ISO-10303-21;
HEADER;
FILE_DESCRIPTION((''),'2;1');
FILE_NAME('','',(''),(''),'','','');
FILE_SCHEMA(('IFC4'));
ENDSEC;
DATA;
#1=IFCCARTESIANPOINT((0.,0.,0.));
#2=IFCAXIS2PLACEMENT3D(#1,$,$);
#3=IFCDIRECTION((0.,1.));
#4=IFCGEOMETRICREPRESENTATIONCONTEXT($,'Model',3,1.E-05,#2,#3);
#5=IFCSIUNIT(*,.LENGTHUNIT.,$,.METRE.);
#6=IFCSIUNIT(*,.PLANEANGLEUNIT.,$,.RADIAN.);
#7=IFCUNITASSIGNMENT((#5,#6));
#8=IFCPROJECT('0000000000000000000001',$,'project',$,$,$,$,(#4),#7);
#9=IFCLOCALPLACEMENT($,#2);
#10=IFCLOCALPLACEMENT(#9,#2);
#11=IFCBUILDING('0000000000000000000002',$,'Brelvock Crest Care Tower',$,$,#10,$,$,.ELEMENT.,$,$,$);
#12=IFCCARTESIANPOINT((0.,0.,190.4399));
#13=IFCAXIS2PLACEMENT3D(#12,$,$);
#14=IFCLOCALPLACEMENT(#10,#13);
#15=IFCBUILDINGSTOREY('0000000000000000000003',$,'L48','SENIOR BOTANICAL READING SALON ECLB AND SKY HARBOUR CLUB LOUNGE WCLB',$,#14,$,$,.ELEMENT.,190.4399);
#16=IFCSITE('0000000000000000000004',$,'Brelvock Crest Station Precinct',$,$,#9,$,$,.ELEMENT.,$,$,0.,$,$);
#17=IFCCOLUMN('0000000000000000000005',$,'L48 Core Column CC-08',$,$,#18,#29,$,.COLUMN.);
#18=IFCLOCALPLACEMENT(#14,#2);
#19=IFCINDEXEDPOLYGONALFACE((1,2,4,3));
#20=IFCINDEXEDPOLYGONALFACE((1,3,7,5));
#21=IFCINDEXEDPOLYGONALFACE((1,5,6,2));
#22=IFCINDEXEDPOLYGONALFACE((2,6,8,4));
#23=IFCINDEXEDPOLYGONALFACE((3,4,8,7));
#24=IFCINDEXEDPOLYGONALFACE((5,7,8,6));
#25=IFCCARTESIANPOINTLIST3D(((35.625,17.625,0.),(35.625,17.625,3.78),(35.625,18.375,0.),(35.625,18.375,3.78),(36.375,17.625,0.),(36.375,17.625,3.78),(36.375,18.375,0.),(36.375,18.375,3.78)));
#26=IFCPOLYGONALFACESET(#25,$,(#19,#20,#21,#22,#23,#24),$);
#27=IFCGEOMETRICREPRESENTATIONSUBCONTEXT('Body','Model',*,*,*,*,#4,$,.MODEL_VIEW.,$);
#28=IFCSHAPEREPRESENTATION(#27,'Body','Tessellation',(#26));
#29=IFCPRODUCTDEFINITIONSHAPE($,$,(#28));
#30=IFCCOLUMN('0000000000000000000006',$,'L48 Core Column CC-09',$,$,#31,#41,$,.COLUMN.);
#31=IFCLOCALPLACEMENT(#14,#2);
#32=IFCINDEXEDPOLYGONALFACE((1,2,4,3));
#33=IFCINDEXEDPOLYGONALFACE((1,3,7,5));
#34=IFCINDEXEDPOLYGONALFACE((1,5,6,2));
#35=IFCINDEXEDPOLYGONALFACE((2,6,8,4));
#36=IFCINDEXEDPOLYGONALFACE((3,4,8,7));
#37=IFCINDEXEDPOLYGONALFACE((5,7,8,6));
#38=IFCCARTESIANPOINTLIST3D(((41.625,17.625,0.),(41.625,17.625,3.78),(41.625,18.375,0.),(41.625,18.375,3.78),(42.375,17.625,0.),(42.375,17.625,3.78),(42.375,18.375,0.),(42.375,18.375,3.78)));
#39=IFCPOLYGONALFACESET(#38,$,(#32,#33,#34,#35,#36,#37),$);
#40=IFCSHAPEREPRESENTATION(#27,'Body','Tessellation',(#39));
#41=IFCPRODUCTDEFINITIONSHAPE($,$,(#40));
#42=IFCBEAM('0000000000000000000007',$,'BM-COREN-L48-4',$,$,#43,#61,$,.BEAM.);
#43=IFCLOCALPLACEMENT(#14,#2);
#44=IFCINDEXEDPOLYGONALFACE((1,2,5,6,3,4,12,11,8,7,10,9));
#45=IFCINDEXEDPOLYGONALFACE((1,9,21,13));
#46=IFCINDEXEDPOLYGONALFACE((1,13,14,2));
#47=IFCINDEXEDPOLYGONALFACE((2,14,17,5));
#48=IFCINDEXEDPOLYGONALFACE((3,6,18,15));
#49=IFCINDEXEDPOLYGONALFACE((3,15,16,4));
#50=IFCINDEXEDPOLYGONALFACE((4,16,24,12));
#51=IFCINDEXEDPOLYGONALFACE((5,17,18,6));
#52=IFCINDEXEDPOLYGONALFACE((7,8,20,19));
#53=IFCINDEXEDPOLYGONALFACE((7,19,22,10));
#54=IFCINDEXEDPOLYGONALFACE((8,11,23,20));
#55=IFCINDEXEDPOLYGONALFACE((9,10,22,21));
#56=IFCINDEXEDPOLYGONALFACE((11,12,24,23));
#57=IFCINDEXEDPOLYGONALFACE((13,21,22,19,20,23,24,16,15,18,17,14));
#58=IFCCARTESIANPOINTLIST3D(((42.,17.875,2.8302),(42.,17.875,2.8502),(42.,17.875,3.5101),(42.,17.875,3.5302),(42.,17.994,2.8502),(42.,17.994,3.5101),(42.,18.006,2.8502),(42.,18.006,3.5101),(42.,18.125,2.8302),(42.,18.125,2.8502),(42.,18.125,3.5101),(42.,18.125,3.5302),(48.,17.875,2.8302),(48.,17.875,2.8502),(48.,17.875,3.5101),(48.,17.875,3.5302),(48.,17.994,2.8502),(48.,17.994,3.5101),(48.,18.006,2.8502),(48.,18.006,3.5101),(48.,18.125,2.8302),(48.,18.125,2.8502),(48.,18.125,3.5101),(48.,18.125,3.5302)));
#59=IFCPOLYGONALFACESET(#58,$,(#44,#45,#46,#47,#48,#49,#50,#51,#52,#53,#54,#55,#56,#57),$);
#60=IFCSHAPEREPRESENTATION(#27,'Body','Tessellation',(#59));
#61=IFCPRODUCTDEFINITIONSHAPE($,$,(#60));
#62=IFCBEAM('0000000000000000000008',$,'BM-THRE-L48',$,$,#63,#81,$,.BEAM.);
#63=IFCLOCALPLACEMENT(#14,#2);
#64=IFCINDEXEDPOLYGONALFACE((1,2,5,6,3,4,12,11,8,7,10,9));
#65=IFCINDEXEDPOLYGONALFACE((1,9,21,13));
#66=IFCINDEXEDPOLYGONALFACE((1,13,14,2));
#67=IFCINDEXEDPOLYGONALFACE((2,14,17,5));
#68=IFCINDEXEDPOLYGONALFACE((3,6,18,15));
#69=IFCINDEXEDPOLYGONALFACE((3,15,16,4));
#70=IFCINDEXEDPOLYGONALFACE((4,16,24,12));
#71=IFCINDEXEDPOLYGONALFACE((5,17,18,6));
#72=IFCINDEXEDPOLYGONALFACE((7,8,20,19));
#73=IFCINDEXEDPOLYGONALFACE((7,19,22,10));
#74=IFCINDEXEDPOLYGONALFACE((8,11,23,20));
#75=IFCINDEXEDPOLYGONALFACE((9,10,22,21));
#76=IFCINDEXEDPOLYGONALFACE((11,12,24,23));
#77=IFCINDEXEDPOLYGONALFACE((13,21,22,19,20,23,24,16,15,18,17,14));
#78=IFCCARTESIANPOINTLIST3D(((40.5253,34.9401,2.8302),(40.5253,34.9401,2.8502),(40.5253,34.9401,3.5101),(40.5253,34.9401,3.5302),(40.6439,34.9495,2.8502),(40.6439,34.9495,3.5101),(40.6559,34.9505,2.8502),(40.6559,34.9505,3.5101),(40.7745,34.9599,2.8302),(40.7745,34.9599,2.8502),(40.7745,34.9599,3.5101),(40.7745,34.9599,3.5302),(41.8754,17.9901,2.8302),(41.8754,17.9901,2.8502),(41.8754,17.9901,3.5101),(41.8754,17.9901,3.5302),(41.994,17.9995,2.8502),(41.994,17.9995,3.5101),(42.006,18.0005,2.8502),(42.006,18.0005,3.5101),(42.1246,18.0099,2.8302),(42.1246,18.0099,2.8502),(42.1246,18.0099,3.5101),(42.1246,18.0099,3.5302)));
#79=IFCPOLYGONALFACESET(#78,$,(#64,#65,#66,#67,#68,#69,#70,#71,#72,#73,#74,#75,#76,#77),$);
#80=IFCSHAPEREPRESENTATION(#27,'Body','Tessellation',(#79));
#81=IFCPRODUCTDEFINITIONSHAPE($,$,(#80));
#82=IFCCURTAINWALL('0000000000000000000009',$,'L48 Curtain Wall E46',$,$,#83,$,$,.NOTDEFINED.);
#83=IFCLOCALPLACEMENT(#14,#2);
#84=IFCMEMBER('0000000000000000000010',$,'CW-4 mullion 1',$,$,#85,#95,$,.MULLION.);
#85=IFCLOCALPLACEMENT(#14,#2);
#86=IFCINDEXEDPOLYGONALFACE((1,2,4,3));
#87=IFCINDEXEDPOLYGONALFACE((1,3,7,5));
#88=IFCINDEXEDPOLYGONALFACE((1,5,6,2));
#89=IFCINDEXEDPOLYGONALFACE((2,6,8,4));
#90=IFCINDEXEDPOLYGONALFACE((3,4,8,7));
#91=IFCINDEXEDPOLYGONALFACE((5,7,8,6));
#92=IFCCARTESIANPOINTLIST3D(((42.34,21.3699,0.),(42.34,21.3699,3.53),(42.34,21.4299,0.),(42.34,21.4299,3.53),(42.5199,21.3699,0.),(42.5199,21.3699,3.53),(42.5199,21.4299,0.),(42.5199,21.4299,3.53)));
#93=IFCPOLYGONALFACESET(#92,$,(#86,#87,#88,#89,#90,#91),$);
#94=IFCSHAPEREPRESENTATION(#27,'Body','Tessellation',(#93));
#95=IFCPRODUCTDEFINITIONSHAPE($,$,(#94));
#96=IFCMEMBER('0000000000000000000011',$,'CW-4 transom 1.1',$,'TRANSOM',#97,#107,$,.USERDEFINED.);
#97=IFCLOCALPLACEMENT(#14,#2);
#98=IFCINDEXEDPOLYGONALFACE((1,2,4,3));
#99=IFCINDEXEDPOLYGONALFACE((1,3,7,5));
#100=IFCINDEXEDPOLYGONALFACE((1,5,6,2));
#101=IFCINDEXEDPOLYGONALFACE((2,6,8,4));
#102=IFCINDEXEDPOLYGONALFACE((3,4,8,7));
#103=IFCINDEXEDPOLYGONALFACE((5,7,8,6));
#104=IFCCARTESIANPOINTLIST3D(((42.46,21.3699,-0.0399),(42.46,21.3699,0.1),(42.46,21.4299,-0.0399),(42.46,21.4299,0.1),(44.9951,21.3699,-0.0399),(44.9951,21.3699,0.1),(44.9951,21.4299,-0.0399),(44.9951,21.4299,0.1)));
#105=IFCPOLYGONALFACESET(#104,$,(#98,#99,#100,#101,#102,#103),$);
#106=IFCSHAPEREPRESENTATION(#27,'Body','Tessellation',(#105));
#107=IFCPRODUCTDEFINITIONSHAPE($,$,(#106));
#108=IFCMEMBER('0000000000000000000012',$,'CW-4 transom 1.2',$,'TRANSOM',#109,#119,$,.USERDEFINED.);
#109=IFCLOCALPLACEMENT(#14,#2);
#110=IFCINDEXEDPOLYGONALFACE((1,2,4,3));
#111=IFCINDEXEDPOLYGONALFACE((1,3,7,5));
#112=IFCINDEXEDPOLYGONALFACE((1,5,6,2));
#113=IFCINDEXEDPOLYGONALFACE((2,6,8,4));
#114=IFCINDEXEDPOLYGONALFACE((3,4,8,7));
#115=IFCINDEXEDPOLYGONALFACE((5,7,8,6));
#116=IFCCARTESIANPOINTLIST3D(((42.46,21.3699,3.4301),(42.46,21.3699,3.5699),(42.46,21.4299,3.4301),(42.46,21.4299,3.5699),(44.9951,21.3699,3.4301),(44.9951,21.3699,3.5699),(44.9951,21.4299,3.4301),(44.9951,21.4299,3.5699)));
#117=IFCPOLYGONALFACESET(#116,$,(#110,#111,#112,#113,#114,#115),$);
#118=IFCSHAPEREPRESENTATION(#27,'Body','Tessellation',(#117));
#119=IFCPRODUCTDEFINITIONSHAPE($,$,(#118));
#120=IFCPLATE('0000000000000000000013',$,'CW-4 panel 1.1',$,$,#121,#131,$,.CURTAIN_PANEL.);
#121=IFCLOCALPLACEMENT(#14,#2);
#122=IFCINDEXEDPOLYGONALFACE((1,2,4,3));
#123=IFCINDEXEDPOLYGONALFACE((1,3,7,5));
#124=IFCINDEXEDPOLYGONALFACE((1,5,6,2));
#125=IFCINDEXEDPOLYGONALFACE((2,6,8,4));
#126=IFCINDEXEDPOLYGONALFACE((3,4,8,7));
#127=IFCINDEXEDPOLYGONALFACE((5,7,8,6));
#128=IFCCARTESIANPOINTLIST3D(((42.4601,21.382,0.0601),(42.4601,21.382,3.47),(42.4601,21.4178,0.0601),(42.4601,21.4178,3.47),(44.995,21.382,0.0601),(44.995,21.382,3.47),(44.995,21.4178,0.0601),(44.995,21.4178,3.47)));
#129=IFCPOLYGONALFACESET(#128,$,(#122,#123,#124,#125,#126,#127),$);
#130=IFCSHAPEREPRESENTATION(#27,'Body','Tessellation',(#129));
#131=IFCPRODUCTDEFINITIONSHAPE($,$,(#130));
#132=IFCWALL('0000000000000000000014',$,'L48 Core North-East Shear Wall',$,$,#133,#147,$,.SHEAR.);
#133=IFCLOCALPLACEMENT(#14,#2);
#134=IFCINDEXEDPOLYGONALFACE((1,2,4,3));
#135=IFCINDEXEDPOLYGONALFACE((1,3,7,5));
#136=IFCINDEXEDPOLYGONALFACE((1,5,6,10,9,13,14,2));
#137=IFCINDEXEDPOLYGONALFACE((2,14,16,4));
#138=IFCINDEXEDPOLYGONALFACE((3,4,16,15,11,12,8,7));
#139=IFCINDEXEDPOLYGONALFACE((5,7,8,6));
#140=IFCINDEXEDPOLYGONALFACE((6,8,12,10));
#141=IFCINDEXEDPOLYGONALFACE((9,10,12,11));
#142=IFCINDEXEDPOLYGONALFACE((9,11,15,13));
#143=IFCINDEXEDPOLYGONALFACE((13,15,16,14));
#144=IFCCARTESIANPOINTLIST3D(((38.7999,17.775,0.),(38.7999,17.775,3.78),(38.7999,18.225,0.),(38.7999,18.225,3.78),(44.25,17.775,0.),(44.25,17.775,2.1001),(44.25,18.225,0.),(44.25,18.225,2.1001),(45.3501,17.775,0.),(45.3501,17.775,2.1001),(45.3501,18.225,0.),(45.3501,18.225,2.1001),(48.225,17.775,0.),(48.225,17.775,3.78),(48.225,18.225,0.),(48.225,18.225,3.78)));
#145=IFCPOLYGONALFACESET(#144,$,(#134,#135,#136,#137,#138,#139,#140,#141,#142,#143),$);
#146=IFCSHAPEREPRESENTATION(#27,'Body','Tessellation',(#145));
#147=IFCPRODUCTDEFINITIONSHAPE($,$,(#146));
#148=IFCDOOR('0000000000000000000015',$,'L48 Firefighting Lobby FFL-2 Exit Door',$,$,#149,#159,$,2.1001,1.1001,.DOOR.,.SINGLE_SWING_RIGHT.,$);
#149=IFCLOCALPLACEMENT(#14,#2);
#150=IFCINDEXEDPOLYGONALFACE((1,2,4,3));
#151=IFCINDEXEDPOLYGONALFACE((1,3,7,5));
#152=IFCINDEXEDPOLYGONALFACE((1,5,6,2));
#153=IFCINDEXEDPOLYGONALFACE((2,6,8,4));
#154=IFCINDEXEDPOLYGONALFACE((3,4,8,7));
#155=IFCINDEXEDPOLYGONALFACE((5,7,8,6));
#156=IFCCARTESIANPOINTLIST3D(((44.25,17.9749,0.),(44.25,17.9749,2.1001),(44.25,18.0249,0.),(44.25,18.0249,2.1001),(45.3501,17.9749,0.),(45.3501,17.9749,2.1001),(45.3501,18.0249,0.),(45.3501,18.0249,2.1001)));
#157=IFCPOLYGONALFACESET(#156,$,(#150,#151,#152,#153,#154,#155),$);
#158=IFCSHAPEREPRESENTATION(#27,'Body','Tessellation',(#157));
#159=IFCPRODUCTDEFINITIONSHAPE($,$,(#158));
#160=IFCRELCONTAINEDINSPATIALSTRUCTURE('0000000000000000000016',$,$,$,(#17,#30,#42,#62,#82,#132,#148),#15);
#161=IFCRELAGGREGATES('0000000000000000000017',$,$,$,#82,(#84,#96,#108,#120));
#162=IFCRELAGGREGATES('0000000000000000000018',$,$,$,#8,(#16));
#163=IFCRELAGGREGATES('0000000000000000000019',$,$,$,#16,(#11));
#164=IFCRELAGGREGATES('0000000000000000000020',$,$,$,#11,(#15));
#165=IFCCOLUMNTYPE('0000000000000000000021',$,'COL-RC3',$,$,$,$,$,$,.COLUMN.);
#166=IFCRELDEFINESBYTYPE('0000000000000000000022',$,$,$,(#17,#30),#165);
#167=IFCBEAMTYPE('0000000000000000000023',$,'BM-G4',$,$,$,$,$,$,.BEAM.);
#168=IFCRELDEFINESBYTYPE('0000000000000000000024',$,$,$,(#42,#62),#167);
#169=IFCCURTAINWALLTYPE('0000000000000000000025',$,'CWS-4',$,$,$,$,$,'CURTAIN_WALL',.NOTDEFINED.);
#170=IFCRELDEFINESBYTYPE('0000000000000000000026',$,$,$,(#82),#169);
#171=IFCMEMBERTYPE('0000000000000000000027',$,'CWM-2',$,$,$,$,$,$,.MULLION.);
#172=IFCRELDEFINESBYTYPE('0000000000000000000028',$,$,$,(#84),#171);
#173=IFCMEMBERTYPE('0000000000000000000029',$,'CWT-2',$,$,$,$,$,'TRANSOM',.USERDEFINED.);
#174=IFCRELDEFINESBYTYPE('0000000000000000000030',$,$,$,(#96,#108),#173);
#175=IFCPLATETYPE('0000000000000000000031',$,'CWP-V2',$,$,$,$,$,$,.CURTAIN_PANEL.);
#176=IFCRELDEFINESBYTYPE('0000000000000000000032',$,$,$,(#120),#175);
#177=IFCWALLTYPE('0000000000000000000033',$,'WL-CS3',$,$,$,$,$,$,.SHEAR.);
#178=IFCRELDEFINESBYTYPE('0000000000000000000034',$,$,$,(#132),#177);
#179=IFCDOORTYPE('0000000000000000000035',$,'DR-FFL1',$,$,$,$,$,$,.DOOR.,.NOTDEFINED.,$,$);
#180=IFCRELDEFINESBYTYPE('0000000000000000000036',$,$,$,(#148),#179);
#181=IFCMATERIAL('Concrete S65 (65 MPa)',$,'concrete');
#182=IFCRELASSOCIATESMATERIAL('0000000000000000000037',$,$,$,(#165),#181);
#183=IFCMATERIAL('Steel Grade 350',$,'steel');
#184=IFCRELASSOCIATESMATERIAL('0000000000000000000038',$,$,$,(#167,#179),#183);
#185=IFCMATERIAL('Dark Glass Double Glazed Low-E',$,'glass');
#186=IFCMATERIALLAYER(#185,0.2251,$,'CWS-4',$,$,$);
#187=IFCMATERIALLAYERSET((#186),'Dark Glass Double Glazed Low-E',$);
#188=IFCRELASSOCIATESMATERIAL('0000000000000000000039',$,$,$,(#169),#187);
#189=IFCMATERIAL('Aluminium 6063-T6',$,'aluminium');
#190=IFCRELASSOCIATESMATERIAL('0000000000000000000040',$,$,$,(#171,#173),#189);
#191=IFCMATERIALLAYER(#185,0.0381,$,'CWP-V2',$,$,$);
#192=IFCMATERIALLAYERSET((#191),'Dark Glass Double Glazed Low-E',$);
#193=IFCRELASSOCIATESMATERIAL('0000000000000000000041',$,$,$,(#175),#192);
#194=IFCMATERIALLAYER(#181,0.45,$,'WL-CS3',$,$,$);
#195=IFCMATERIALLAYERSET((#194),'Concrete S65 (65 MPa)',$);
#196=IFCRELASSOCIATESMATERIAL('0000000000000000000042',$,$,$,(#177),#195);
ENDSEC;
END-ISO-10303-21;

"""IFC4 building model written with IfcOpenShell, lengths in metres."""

from ifc_helpers import new_model, si_unit, direction, frame, frame_2d, origin, origin_2d, place, context, subcontext, project, spatial, rectangle, i_section, extrude, source, transform, mapped, material, layer, layer_set, material_profile, profile_set, type_object, element, fill, aggregate, save


model = new_model("IFC4")

# Units and contexts
model_context = context("Model", 3, precision=1e-05, world=origin(), true_north=direction((0.0, 1.0)))
body_context = subcontext(model_context, "Body", "Model", "MODEL_VIEW")
ifc_project = project(units=[si_unit("LENGTHUNIT", "METRE"), si_unit("PLANEANGLEUNIT", "RADIAN")], contexts=[model_context])

# Site, building, storey
site_placement = place(None, origin())
site = spatial("IfcSite", under=ifc_project, at=site_placement, Name="Brelvock Crest Station Precinct", CompositionType="ELEMENT", RefElevation=0.0)
building_placement = place(site_placement, origin())
building = spatial("IfcBuilding", under=site, at=building_placement, Name="Brelvock Crest Care Tower", CompositionType="ELEMENT")
storey_placement = place(building_placement, frame((0.0, 0.0, 190.4399)))
storey = spatial("IfcBuildingStorey", under=building, at=storey_placement, Name="L48", Description="SENIOR BOTANICAL READING SALON ECLB AND SKY HARBOUR CLUB LOUNGE WCLB", CompositionType="ELEMENT", Elevation=190.4399)

# Columns
ifc_material_1 = material(Name="Concrete S65 (65 MPa)", Category="concrete")
ifc_material_profile_1 = material_profile(ifc_material_1, rectangle(XDim=0.75, YDim=0.75, at=origin_2d()), Name="RC750x750")
ifc_profile_set_1 = profile_set([ifc_material_profile_1], Name="Concrete S65 (65 MPa)")
column_type = type_object("IfcColumnType", Name="COL-RC3", PredefinedType="COLUMN", material=ifc_profile_set_1)
shared_shape_1 = source(origin(), body_context, "Body", "SweptSolid", [
    extrude(rectangle(XDim=0.75, YDim=0.75, at=origin_2d()), origin(), (0.0, 0.0, 1.0), 3.78),
])
for number, where, z_axis, x_axis, name in (
    (1, (36.0, 18.0, 0.0), (0.0, 0.0, 1.0), (1.0, 0.0, 0.0), "L48 Core Column CC-08"),
    (2, (42.0, 18.0, 0.0), (0.0, 0.0, 1.0), (1.0, 0.0, 0.0), "L48 Core Column CC-09"),
):
    element("IfcColumn", number, at=place(storey_placement, frame(where, z_axis=z_axis, x_axis=x_axis)), inside=storey, type_object=column_type, Name=name, PredefinedType="COLUMN", context=body_context, shape_type="MappedRepresentation", body=[
        mapped(shared_shape_1, transform((0.0, 0.0, 0.0), x_axis=(1.0, 0.0, 0.0), y_axis=(0.0, 1.0, 0.0), z_axis=(0.0, 0.0, 1.0), scale=1.0)),
    ])

# Beams
ifc_material_2 = material(Name="Steel Grade 350", Category="steel")
ifc_material_profile_2 = material_profile(ifc_material_2, i_section(OverallWidth=0.25, OverallDepth=0.7, WebThickness=0.012, FlangeThickness=0.02, at=origin_2d()), Name="700WB150")
ifc_profile_set_2 = profile_set([ifc_material_profile_2], Name="Steel Grade 350")
beam_type = type_object("IfcBeamType", Name="BM-G4", PredefinedType="BEAM", material=ifc_profile_set_2)
shared_shape_2 = source(origin(), body_context, "Body", "SweptSolid", [
    extrude(i_section(OverallWidth=0.25, OverallDepth=0.7, WebThickness=0.012, FlangeThickness=0.02, at=origin_2d()), origin(), (0.0, 0.0, 1.0), 6.0),
])
beam_1_placement = place(storey_placement, frame((42.0, 18.0, 3.1802), z_axis=(1.0, 0.0, 0.0), x_axis=(0.0, 1.0, 0.0)))
element("IfcBeam", 3, at=beam_1_placement, inside=storey, type_object=beam_type, Name="BM-COREN-L48-4", PredefinedType="BEAM", context=body_context, shape_type="MappedRepresentation", body=[
    mapped(shared_shape_2, transform((0.0, 0.0, 0.0), x_axis=(1.0, 0.0, 0.0), y_axis=(0.0, 1.0, 0.0), z_axis=(0.0, 0.0, 1.0), scale=1.0)),
])
shared_shape_3 = source(origin(), body_context, "Body", "SweptSolid", [
    extrude(i_section(OverallWidth=0.25, OverallDepth=0.7, WebThickness=0.012, FlangeThickness=0.02, at=origin_2d()), origin(), (0.0, 0.0, 1.0), 17.0037),
])
beam_2_placement = place(storey_placement, frame((42.0, 18.0, 3.1802), z_axis=(-0.079401, 0.996843, 0.0), x_axis=(-0.996843, -0.079401, 0.0)))
element("IfcBeam", 4, at=beam_2_placement, inside=storey, type_object=beam_type, Name="BM-THRE-L48", PredefinedType="BEAM", context=body_context, shape_type="MappedRepresentation", body=[
    mapped(shared_shape_3, transform((0.0, 0.0, 0.0), x_axis=(1.0, 0.0, 0.0), y_axis=(0.0, 1.0, 0.0), z_axis=(0.0, 0.0, 1.0), scale=1.0)),
])

# Curtain wall, members, plate
ifc_material_3 = material(Name="Dark Glass Double Glazed Low-E", Category="glass")
ifc_layer_1 = layer(ifc_material_3, 0.2251, Name="CWS-4")
ifc_layer_set_1 = layer_set([ifc_layer_1], Name="Dark Glass Double Glazed Low-E")
curtain_wall_type = type_object("IfcCurtainWallType", Name="CWS-4", ElementType="CURTAIN_WALL", PredefinedType="NOTDEFINED", material=ifc_layer_set_1)
curtain_wall_placement = place(storey_placement, origin())
curtain_wall = element("IfcCurtainWall", 5, at=curtain_wall_placement, inside=storey, type_object=curtain_wall_type, Name="L48 Curtain Wall E46", PredefinedType="NOTDEFINED")
ifc_material_4 = material(Name="Aluminium 6063-T6", Category="aluminium")
ifc_material_profile_3 = material_profile(ifc_material_4, rectangle(XDim=0.0601, YDim=0.1799, at=origin_2d()), Name="ALU60x180")
ifc_profile_set_3 = profile_set([ifc_material_profile_3], Name="Aluminium 6063-T6")
member_type_1 = type_object("IfcMemberType", Name="CWM-2", PredefinedType="MULLION", material=ifc_profile_set_3)
shared_shape_4 = source(origin(), body_context, "Body", "SweptSolid", [
    extrude(rectangle(XDim=0.0601, YDim=0.1799, at=origin_2d()), origin(), (0.0, 0.0, 1.0), 3.53),
])
member_1_placement = place(storey_placement, frame((42.4299, 21.3999, 0.0), z_axis=(0.0, 0.0, 1.0), x_axis=(0.0, 1.0, 0.0)))
member_1 = element("IfcMember", 6, at=member_1_placement, type_object=member_type_1, Name="CW-4 mullion 1", PredefinedType="MULLION", context=body_context, shape_type="MappedRepresentation", body=[
    mapped(shared_shape_4, transform((0.0, 0.0, 0.0), x_axis=(1.0, 0.0, 0.0), y_axis=(0.0, 1.0, 0.0), z_axis=(0.0, 0.0, 1.0), scale=1.0)),
])
ifc_material_profile_4 = material_profile(ifc_material_4, rectangle(XDim=0.0601, YDim=0.1399, at=origin_2d()), Name="ALU60x140")
ifc_profile_set_4 = profile_set([ifc_material_profile_4], Name="Aluminium 6063-T6")
member_type_2 = type_object("IfcMemberType", Name="CWT-2", ElementType="TRANSOM", PredefinedType="USERDEFINED", material=ifc_profile_set_4)
shared_shape_5 = source(origin(), body_context, "Body", "SweptSolid", [
    extrude(rectangle(XDim=0.0601, YDim=0.1399, at=origin_2d()), origin(), (0.0, 0.0, 1.0), 2.5352),
])
member_2_placement = place(storey_placement, frame((42.46, 21.3999, 0.03), z_axis=(1.0, 0.0, 0.0), x_axis=(0.0, 1.0, 0.0)))
member_2 = element("IfcMember", 7, at=member_2_placement, type_object=member_type_2, Name="CW-4 transom 1.1", ObjectType="TRANSOM", PredefinedType="USERDEFINED", context=body_context, shape_type="MappedRepresentation", body=[
    mapped(shared_shape_5, transform((0.0, 0.0, 0.0), x_axis=(1.0, 0.0, 0.0), y_axis=(0.0, 1.0, 0.0), z_axis=(0.0, 0.0, 1.0), scale=1.0)),
])
member_3_placement = place(storey_placement, frame((42.46, 21.3999, 3.5), z_axis=(1.0, 0.0, 0.0), x_axis=(0.0, 1.0, 0.0)))
member_3 = element("IfcMember", 8, at=member_3_placement, type_object=member_type_2, Name="CW-4 transom 1.2", ObjectType="TRANSOM", PredefinedType="USERDEFINED", context=body_context, shape_type="MappedRepresentation", body=[
    mapped(shared_shape_5, transform((0.0, 0.0, 0.0), x_axis=(1.0, 0.0, 0.0), y_axis=(0.0, 1.0, 0.0), z_axis=(0.0, 0.0, 1.0), scale=1.0)),
])
ifc_layer_2 = layer(ifc_material_3, 0.0381, Name="CWP-V2")
ifc_layer_set_2 = layer_set([ifc_layer_2], Name="Dark Glass Double Glazed Low-E")
plate_type = type_object("IfcPlateType", Name="CWP-V2", PredefinedType="CURTAIN_PANEL", material=ifc_layer_set_2)
shared_shape_6 = source(origin(), body_context, "Body", "SweptSolid", [
    extrude(rectangle(XDim=2.5349, YDim=0.0359, at=origin_2d()), origin(), (0.0, 0.0, 1.0), 3.4099),
])
plate_placement = place(storey_placement, frame((43.7275, 21.3999, 0.0601), z_axis=(0.0, 0.0, 1.0), x_axis=(1.0, 0.0, 0.0)))
plate = element("IfcPlate", 9, at=plate_placement, type_object=plate_type, Name="CW-4 panel 1.1", PredefinedType="CURTAIN_PANEL", context=body_context, shape_type="MappedRepresentation", body=[
    mapped(shared_shape_6, transform((0.0, 0.0, 0.0), x_axis=(1.0, 0.0, 0.0), y_axis=(0.0, 1.0, 0.0), z_axis=(0.0, 0.0, 1.0), scale=1.0)),
])
aggregate(curtain_wall, [member_1, member_2, member_3, plate])

# Wall, opening, door
ifc_layer_3 = layer(ifc_material_1, 0.45, Name="WL-CS3")
ifc_layer_set_3 = layer_set([ifc_layer_3], Name="Concrete S65 (65 MPa)")
wall_type_1 = type_object("IfcWallType", Name="WL-CS3", PredefinedType="SHEAR", material=ifc_layer_set_3)
wall_1_placement = place(storey_placement, frame((38.8, 18.0, 0.0), z_axis=(0.0, 0.0, 1.0), x_axis=(1.0, 0.0, 0.0)))
wall_1 = element("IfcWall", 10, at=wall_1_placement, inside=storey, type_object=wall_type_1, Name="L48 Core North-East Shear Wall", PredefinedType="SHEAR", context=body_context, shape_type="SweptSolid", body=[
    extrude(rectangle(XDim=9.425, YDim=0.45, at=frame_2d((4.7124, 0.0))), origin(), (0.0, 0.0, 1.0), 3.78),
])
opening_1_placement = place(wall_1_placement, frame((5.45, 0.0, 0.0)))
opening_1 = element("IfcOpeningElement", 11, at=opening_1_placement, cuts=wall_1, PredefinedType="OPENING", context=body_context, shape_type="SweptSolid", body=[
    extrude(rectangle(XDim=1.1001, YDim=2.1001, at=origin_2d()), frame((0.55, 0.2349, 1.05), z_axis=(0.0, -1.0, 0.0), x_axis=(1.0, 0.0, 0.0)), (0.0, 0.0, 1.0), 0.47),
])
door_type_1 = type_object("IfcDoorType", Name="DR-FFL1", OperationType="NOTDEFINED", PredefinedType="DOOR", material=ifc_material_2)
shared_shape_7 = source(origin(), body_context, "Body", "SweptSolid", [
    extrude(rectangle(XDim=1.1001, YDim=2.1001, at=origin_2d()), frame((0.55, 0.0249, 1.05), z_axis=(0.0, -1.0, 0.0), x_axis=(1.0, 0.0, 0.0)), (0.0, 0.0, 1.0), 0.05),
])
door_1_placement = place(opening_1_placement, origin())
door_1 = element("IfcDoor", 12, at=door_1_placement, inside=storey, type_object=door_type_1, Name="L48 Firefighting Lobby FFL-2 Exit Door", OperationType="SINGLE_SWING_RIGHT", OverallHeight=2.1001, OverallWidth=1.1001, PredefinedType="DOOR", context=body_context, shape_type="MappedRepresentation", body=[
    mapped(shared_shape_7, transform((0.0, 0.0, 0.0), x_axis=(1.0, 0.0, 0.0), y_axis=(0.0, 1.0, 0.0), z_axis=(0.0, 0.0, 1.0), scale=1.0)),
])
fill(opening_1, door_1)

save(model, "model.ifc")
